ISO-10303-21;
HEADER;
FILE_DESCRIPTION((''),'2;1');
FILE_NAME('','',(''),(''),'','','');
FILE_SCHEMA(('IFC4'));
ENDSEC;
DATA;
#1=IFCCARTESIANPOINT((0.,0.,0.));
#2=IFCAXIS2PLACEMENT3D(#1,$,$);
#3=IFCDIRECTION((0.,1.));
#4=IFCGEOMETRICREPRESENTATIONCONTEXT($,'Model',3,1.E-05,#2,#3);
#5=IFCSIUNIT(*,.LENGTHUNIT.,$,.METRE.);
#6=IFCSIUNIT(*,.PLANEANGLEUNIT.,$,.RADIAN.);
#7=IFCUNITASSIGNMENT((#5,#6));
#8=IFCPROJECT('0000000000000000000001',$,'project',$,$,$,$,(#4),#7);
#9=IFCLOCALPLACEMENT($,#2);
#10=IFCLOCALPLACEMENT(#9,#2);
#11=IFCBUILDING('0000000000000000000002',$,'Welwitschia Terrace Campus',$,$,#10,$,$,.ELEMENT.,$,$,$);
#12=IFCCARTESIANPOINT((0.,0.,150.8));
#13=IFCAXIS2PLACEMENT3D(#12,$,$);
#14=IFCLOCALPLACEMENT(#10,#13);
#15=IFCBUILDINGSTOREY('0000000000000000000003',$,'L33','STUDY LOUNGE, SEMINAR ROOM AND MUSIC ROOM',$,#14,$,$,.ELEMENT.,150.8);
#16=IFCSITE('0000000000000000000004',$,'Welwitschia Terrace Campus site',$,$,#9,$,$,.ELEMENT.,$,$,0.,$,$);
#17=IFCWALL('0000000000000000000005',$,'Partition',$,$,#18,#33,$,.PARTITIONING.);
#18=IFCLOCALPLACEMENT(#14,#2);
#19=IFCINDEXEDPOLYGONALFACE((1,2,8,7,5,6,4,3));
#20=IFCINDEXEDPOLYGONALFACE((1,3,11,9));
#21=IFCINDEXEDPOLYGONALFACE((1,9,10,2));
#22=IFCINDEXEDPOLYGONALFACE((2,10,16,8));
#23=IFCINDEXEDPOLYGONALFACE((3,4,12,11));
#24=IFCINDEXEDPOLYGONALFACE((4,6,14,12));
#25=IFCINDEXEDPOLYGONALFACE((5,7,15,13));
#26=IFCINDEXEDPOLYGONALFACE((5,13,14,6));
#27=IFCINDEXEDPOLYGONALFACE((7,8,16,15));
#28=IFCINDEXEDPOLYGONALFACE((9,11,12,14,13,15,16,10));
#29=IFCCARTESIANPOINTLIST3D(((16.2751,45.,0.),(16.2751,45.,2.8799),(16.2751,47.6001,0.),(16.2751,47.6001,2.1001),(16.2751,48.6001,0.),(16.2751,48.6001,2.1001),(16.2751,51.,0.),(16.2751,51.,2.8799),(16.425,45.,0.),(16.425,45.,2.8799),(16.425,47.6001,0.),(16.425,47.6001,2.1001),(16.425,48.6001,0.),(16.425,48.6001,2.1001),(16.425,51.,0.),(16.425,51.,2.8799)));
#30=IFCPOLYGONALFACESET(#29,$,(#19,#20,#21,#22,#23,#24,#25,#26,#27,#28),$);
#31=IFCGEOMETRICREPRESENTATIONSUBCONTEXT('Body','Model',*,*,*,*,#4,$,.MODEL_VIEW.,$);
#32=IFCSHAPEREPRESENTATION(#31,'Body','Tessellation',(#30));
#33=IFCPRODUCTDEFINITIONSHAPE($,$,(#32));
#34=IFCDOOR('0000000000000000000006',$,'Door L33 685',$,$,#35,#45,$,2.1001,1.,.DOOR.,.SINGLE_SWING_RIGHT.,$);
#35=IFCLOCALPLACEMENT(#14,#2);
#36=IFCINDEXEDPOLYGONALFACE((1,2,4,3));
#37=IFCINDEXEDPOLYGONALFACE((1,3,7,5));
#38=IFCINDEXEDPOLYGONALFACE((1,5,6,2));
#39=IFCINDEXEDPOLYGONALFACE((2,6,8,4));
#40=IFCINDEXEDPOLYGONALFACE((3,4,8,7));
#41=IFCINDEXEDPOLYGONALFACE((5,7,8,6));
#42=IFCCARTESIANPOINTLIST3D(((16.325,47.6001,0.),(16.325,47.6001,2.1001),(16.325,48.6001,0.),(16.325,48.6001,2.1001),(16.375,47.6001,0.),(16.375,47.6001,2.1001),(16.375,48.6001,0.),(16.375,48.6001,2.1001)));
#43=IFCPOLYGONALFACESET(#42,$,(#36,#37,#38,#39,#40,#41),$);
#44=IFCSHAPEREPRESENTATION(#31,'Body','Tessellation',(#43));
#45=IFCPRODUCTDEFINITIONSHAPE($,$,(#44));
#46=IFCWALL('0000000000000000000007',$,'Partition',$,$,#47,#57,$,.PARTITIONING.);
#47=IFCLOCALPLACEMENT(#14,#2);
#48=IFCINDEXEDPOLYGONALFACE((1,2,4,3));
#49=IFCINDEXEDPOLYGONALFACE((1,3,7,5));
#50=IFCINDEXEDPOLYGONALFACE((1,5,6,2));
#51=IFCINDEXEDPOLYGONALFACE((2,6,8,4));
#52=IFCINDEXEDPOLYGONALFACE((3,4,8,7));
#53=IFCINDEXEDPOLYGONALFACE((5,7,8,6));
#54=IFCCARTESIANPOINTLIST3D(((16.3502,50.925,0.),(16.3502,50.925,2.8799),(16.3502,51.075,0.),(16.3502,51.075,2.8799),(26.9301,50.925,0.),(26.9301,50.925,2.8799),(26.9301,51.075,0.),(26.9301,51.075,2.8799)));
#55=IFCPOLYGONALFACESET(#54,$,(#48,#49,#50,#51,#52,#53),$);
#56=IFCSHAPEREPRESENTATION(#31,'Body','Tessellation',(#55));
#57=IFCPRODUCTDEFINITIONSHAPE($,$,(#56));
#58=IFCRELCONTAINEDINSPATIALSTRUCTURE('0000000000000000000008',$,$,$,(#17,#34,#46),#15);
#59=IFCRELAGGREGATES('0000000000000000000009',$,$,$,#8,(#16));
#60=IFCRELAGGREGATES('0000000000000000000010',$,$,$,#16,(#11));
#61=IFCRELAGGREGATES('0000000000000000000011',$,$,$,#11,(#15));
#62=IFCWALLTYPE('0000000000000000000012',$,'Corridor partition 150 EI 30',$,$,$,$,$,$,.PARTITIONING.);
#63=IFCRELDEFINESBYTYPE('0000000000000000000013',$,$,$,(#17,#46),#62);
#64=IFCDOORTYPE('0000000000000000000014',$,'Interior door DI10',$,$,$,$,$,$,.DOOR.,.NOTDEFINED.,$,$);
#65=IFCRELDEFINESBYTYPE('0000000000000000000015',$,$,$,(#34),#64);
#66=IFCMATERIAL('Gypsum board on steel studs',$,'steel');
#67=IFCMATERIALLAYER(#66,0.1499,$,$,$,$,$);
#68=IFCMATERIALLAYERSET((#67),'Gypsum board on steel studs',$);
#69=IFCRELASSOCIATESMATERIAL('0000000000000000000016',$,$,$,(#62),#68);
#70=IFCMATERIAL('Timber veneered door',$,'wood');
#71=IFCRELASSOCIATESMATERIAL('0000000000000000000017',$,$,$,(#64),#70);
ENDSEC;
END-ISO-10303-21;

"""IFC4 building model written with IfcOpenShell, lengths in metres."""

from ifc_helpers import new_model, si_unit, direction, frame, frame_2d, origin, place, context, subcontext, project, spatial, rectangle, extrude, material, layer, layer_set, type_object, element, fill, save


model = new_model("IFC4")

# Units and contexts
model_context = context("Model", 3, precision=1e-05, world=origin(), true_north=direction((0.0, 1.0)))
body_context = subcontext(model_context, "Body", "Model", "MODEL_VIEW")
ifc_project = project(units=[si_unit("LENGTHUNIT", "METRE"), si_unit("PLANEANGLEUNIT", "RADIAN")], contexts=[model_context])

# Site, building, storey
site_placement = place(None, origin())
site = spatial("IfcSite", under=ifc_project, at=site_placement, Name="Welwitschia Terrace Campus site", CompositionType="ELEMENT", RefElevation=0.0)
building_placement = place(site_placement, origin())
building = spatial("IfcBuilding", under=site, at=building_placement, Name="Welwitschia Terrace Campus", CompositionType="ELEMENT")
storey_placement = place(building_placement, frame((0.0, 0.0, 150.8)))
storey = spatial("IfcBuildingStorey", under=building, at=storey_placement, Name="L33", Description="STUDY LOUNGE, SEMINAR ROOM AND MUSIC ROOM", CompositionType="ELEMENT", Elevation=150.8)

# Shared definitions
ifc_material_1 = material(Name="Gypsum board on steel studs", Category="steel")
ifc_layer_1 = layer(ifc_material_1, 0.1499)
ifc_layer_set_1 = layer_set([ifc_layer_1], Name="Gypsum board on steel studs")
wall_type = type_object("IfcWallType", Name="Corridor partition 150 EI 30", PredefinedType="PARTITIONING", material=ifc_layer_set_1)
ifc_material_2 = material(Name="Timber veneered door", Category="wood")
door_type = type_object("IfcDoorType", Name="Interior door DI10", OperationType="NOTDEFINED", PredefinedType="DOOR", material=ifc_material_2)

# Wall, opening, door
wall_1_placement = place(storey_placement, frame((16.3501, 51.0, 0.0), z_axis=(0.0, 0.0, 1.0), x_axis=(0.0, -1.0, 0.0)))
wall_1 = element("IfcWall", 1, at=wall_1_placement, inside=storey, type_object=wall_type, Name="Partition", PredefinedType="PARTITIONING", context=body_context, shape_type="SweptSolid", body=[
    extrude(rectangle(XDim=6.0, YDim=0.1499, at=frame_2d((3.0, 0.0))), origin(), (0.0, 0.0, 1.0), 2.8799),
])
opening_1_placement = place(wall_1_placement, frame((2.3999, 0.0, 0.0)))
opening_1 = element("IfcOpeningElement", 2, at=opening_1_placement, cuts=wall_1, PredefinedType="OPENING", context=body_context, shape_type="SweptSolid", body=[
    extrude(rectangle(XDim=1.0, YDim=2.1001, at=frame_2d((0.5, 1.05))), frame((0.0, 0.085, 0.0), z_axis=(0.0, -1.0, 0.0), x_axis=(1.0, 0.0, 0.0)), (0.0, 0.0, 1.0), 0.1699),
])
door_1_placement = place(opening_1_placement, origin())
door_1 = element("IfcDoor", 3, at=door_1_placement, inside=storey, type_object=door_type, Name="Door L33 685", OperationType="SINGLE_SWING_RIGHT", OverallHeight=2.1001, OverallWidth=1.0, PredefinedType="DOOR", context=body_context, shape_type="SweptSolid", body=[
    extrude(rectangle(XDim=1.0, YDim=2.1001, at=frame_2d((0.5, 1.05))), frame((0.0, 0.0249, 0.0), z_axis=(0.0, -1.0, 0.0), x_axis=(1.0, 0.0, 0.0)), (0.0, 0.0, 1.0), 0.05),
])
fill(opening_1, door_1)

# Wall
wall_2_placement = place(storey_placement, frame((16.3501, 51.0, 0.0), z_axis=(0.0, 0.0, 1.0), x_axis=(1.0, 0.0, 0.0)))
element("IfcWall", 4, at=wall_2_placement, inside=storey, type_object=wall_type, Name="Partition", PredefinedType="PARTITIONING", context=body_context, shape_type="SweptSolid", body=[
    extrude(rectangle(XDim=10.5798, YDim=0.1499, at=frame_2d((5.29, 0.0))), origin(), (0.0, 0.0, 1.0), 2.8799),
])

save(model, "model.ifc")
